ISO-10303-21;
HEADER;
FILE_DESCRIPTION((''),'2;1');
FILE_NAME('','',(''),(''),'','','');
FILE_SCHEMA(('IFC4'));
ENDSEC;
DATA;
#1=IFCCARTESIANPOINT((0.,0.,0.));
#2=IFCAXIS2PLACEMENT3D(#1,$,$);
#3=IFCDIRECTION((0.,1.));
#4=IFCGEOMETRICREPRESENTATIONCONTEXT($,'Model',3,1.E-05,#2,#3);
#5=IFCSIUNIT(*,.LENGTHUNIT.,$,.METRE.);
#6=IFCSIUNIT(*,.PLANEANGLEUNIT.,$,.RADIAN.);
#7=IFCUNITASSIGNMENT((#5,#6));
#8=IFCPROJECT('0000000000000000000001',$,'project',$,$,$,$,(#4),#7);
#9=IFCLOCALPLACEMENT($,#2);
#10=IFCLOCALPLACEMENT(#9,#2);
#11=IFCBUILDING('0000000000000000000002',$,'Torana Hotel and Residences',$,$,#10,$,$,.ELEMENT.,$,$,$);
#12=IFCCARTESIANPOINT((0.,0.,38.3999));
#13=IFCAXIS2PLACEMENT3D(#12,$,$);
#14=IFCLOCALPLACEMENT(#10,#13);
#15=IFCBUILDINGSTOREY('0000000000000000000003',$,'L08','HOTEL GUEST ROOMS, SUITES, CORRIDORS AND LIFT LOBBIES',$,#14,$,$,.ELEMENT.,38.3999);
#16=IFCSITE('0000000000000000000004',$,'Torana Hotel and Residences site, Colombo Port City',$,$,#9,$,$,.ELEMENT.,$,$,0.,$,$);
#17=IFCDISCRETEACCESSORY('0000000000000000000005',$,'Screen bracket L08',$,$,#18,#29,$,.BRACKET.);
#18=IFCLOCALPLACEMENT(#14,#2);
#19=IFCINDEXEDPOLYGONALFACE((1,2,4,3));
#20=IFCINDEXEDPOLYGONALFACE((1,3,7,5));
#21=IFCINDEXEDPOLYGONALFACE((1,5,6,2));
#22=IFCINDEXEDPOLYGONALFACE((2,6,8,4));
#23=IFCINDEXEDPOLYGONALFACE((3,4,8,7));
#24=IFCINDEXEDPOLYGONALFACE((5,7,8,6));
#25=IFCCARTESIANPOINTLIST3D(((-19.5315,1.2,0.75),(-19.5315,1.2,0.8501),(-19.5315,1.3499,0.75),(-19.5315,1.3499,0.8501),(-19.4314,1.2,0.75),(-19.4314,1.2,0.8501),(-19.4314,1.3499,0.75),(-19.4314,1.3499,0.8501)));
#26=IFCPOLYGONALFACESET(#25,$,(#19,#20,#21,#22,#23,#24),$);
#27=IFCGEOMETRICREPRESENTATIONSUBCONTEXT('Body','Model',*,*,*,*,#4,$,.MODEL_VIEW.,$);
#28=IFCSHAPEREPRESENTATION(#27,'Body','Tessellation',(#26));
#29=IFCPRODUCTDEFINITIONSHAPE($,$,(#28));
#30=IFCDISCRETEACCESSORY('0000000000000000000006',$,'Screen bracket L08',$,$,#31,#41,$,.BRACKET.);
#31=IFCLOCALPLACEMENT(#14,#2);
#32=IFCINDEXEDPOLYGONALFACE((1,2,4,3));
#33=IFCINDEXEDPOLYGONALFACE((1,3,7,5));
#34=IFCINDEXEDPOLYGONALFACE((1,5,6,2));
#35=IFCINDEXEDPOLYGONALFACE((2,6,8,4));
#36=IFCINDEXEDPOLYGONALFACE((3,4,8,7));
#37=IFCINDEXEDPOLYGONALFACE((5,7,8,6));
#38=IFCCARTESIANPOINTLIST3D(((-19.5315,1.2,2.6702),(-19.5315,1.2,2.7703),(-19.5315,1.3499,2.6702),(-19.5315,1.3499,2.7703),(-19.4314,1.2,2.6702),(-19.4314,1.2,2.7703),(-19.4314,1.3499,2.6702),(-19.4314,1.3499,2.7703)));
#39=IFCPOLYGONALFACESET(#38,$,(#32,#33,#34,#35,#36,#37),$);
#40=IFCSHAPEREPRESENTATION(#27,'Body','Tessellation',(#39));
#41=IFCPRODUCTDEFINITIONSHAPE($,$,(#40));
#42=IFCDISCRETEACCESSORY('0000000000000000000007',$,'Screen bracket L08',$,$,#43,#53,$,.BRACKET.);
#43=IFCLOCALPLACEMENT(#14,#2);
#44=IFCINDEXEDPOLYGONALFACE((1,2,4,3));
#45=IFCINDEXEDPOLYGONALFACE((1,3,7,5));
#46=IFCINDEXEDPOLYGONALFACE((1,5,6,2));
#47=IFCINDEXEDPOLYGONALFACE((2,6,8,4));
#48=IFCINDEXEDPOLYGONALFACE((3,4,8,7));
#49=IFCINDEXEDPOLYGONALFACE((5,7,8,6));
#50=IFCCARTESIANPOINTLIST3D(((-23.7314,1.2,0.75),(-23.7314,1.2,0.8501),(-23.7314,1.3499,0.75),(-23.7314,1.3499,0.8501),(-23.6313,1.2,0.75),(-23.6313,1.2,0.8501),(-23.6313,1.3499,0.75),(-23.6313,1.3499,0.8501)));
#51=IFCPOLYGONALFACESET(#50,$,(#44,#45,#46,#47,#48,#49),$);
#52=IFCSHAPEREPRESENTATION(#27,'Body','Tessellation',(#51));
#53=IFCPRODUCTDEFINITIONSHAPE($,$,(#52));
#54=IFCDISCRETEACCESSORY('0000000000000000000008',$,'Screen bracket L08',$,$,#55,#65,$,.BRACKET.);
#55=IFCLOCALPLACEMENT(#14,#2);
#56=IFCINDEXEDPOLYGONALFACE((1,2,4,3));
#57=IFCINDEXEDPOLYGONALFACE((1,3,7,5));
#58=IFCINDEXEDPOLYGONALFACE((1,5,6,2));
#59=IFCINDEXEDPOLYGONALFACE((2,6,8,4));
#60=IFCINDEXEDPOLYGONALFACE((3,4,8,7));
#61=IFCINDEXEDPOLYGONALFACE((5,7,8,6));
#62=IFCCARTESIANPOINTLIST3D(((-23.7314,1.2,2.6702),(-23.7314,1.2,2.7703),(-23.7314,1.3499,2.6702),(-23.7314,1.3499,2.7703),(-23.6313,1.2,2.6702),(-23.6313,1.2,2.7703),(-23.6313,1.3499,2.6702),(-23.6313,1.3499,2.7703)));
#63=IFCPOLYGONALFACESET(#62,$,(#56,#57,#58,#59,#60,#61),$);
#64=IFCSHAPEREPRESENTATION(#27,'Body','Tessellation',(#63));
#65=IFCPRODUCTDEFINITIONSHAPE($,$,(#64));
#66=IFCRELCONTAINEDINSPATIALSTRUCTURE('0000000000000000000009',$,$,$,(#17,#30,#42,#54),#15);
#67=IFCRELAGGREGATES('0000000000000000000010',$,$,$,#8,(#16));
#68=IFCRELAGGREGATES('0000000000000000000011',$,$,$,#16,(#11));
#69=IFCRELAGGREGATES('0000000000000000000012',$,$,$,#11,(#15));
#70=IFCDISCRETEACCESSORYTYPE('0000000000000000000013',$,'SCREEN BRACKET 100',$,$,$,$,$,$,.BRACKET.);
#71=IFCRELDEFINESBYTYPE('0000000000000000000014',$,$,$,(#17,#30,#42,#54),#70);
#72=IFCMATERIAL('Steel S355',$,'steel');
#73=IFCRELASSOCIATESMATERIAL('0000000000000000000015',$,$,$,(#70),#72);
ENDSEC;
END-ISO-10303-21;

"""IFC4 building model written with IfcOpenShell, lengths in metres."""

from ifc_helpers import new_model, si_unit, direction, frame, origin, origin_2d, place, context, subcontext, project, spatial, rectangle, extrude, material, type_object, element, save


model = new_model("IFC4")

# Units and contexts
model_context = context("Model", 3, precision=1e-05, world=origin(), true_north=direction((0.0, 1.0)))
body_context = subcontext(model_context, "Body", "Model", "MODEL_VIEW")
ifc_project = project(units=[si_unit("LENGTHUNIT", "METRE"), si_unit("PLANEANGLEUNIT", "RADIAN")], contexts=[model_context])

# Site, building, storey
site_placement = place(None, origin())
site = spatial("IfcSite", under=ifc_project, at=site_placement, Name="Torana Hotel and Residences site, Colombo Port City", CompositionType="ELEMENT", RefElevation=0.0)
building_placement = place(site_placement, origin())
building = spatial("IfcBuilding", under=site, at=building_placement, Name="Torana Hotel and Residences", CompositionType="ELEMENT")
storey_placement = place(building_placement, frame((0.0, 0.0, 38.3999)))
storey = spatial("IfcBuildingStorey", under=building, at=storey_placement, Name="L08", Description="HOTEL GUEST ROOMS, SUITES, CORRIDORS AND LIFT LOBBIES", CompositionType="ELEMENT", Elevation=38.3999)

# Discrete accessories
ifc_material_1 = material(Name="Steel S355", Category="steel")
discrete_accessory_type = type_object("IfcDiscreteAccessoryType", Name="SCREEN BRACKET 100", PredefinedType="BRACKET", material=ifc_material_1)
for number, where, z_axis, x_axis, name in (
    (1, (-19.4814, 1.2749, 0.75), (0.0, 0.0, 1.0), (-1.0, 0.0, 0.0), "Screen bracket L08"),
    (2, (-19.4814, 1.2749, 2.6702), (0.0, 0.0, 1.0), (-1.0, 0.0, 0.0), "Screen bracket L08"),
    (3, (-23.6814, 1.2749, 0.75), (0.0, 0.0, 1.0), (-1.0, 0.0, 0.0), "Screen bracket L08"),
    (4, (-23.6814, 1.2749, 2.6702), (0.0, 0.0, 1.0), (-1.0, 0.0, 0.0), "Screen bracket L08"),
):
    element("IfcDiscreteAccessory", number, at=place(storey_placement, frame(where, z_axis=z_axis, x_axis=x_axis)), inside=storey, type_object=discrete_accessory_type, Name=name, PredefinedType="BRACKET", context=body_context, shape_type="SweptSolid", body=[
        extrude(rectangle(XDim=0.1001, YDim=0.1499, at=origin_2d()), origin(), (0.0, 0.0, 1.0), 0.1001),
    ])

save(model, "model.ifc")
